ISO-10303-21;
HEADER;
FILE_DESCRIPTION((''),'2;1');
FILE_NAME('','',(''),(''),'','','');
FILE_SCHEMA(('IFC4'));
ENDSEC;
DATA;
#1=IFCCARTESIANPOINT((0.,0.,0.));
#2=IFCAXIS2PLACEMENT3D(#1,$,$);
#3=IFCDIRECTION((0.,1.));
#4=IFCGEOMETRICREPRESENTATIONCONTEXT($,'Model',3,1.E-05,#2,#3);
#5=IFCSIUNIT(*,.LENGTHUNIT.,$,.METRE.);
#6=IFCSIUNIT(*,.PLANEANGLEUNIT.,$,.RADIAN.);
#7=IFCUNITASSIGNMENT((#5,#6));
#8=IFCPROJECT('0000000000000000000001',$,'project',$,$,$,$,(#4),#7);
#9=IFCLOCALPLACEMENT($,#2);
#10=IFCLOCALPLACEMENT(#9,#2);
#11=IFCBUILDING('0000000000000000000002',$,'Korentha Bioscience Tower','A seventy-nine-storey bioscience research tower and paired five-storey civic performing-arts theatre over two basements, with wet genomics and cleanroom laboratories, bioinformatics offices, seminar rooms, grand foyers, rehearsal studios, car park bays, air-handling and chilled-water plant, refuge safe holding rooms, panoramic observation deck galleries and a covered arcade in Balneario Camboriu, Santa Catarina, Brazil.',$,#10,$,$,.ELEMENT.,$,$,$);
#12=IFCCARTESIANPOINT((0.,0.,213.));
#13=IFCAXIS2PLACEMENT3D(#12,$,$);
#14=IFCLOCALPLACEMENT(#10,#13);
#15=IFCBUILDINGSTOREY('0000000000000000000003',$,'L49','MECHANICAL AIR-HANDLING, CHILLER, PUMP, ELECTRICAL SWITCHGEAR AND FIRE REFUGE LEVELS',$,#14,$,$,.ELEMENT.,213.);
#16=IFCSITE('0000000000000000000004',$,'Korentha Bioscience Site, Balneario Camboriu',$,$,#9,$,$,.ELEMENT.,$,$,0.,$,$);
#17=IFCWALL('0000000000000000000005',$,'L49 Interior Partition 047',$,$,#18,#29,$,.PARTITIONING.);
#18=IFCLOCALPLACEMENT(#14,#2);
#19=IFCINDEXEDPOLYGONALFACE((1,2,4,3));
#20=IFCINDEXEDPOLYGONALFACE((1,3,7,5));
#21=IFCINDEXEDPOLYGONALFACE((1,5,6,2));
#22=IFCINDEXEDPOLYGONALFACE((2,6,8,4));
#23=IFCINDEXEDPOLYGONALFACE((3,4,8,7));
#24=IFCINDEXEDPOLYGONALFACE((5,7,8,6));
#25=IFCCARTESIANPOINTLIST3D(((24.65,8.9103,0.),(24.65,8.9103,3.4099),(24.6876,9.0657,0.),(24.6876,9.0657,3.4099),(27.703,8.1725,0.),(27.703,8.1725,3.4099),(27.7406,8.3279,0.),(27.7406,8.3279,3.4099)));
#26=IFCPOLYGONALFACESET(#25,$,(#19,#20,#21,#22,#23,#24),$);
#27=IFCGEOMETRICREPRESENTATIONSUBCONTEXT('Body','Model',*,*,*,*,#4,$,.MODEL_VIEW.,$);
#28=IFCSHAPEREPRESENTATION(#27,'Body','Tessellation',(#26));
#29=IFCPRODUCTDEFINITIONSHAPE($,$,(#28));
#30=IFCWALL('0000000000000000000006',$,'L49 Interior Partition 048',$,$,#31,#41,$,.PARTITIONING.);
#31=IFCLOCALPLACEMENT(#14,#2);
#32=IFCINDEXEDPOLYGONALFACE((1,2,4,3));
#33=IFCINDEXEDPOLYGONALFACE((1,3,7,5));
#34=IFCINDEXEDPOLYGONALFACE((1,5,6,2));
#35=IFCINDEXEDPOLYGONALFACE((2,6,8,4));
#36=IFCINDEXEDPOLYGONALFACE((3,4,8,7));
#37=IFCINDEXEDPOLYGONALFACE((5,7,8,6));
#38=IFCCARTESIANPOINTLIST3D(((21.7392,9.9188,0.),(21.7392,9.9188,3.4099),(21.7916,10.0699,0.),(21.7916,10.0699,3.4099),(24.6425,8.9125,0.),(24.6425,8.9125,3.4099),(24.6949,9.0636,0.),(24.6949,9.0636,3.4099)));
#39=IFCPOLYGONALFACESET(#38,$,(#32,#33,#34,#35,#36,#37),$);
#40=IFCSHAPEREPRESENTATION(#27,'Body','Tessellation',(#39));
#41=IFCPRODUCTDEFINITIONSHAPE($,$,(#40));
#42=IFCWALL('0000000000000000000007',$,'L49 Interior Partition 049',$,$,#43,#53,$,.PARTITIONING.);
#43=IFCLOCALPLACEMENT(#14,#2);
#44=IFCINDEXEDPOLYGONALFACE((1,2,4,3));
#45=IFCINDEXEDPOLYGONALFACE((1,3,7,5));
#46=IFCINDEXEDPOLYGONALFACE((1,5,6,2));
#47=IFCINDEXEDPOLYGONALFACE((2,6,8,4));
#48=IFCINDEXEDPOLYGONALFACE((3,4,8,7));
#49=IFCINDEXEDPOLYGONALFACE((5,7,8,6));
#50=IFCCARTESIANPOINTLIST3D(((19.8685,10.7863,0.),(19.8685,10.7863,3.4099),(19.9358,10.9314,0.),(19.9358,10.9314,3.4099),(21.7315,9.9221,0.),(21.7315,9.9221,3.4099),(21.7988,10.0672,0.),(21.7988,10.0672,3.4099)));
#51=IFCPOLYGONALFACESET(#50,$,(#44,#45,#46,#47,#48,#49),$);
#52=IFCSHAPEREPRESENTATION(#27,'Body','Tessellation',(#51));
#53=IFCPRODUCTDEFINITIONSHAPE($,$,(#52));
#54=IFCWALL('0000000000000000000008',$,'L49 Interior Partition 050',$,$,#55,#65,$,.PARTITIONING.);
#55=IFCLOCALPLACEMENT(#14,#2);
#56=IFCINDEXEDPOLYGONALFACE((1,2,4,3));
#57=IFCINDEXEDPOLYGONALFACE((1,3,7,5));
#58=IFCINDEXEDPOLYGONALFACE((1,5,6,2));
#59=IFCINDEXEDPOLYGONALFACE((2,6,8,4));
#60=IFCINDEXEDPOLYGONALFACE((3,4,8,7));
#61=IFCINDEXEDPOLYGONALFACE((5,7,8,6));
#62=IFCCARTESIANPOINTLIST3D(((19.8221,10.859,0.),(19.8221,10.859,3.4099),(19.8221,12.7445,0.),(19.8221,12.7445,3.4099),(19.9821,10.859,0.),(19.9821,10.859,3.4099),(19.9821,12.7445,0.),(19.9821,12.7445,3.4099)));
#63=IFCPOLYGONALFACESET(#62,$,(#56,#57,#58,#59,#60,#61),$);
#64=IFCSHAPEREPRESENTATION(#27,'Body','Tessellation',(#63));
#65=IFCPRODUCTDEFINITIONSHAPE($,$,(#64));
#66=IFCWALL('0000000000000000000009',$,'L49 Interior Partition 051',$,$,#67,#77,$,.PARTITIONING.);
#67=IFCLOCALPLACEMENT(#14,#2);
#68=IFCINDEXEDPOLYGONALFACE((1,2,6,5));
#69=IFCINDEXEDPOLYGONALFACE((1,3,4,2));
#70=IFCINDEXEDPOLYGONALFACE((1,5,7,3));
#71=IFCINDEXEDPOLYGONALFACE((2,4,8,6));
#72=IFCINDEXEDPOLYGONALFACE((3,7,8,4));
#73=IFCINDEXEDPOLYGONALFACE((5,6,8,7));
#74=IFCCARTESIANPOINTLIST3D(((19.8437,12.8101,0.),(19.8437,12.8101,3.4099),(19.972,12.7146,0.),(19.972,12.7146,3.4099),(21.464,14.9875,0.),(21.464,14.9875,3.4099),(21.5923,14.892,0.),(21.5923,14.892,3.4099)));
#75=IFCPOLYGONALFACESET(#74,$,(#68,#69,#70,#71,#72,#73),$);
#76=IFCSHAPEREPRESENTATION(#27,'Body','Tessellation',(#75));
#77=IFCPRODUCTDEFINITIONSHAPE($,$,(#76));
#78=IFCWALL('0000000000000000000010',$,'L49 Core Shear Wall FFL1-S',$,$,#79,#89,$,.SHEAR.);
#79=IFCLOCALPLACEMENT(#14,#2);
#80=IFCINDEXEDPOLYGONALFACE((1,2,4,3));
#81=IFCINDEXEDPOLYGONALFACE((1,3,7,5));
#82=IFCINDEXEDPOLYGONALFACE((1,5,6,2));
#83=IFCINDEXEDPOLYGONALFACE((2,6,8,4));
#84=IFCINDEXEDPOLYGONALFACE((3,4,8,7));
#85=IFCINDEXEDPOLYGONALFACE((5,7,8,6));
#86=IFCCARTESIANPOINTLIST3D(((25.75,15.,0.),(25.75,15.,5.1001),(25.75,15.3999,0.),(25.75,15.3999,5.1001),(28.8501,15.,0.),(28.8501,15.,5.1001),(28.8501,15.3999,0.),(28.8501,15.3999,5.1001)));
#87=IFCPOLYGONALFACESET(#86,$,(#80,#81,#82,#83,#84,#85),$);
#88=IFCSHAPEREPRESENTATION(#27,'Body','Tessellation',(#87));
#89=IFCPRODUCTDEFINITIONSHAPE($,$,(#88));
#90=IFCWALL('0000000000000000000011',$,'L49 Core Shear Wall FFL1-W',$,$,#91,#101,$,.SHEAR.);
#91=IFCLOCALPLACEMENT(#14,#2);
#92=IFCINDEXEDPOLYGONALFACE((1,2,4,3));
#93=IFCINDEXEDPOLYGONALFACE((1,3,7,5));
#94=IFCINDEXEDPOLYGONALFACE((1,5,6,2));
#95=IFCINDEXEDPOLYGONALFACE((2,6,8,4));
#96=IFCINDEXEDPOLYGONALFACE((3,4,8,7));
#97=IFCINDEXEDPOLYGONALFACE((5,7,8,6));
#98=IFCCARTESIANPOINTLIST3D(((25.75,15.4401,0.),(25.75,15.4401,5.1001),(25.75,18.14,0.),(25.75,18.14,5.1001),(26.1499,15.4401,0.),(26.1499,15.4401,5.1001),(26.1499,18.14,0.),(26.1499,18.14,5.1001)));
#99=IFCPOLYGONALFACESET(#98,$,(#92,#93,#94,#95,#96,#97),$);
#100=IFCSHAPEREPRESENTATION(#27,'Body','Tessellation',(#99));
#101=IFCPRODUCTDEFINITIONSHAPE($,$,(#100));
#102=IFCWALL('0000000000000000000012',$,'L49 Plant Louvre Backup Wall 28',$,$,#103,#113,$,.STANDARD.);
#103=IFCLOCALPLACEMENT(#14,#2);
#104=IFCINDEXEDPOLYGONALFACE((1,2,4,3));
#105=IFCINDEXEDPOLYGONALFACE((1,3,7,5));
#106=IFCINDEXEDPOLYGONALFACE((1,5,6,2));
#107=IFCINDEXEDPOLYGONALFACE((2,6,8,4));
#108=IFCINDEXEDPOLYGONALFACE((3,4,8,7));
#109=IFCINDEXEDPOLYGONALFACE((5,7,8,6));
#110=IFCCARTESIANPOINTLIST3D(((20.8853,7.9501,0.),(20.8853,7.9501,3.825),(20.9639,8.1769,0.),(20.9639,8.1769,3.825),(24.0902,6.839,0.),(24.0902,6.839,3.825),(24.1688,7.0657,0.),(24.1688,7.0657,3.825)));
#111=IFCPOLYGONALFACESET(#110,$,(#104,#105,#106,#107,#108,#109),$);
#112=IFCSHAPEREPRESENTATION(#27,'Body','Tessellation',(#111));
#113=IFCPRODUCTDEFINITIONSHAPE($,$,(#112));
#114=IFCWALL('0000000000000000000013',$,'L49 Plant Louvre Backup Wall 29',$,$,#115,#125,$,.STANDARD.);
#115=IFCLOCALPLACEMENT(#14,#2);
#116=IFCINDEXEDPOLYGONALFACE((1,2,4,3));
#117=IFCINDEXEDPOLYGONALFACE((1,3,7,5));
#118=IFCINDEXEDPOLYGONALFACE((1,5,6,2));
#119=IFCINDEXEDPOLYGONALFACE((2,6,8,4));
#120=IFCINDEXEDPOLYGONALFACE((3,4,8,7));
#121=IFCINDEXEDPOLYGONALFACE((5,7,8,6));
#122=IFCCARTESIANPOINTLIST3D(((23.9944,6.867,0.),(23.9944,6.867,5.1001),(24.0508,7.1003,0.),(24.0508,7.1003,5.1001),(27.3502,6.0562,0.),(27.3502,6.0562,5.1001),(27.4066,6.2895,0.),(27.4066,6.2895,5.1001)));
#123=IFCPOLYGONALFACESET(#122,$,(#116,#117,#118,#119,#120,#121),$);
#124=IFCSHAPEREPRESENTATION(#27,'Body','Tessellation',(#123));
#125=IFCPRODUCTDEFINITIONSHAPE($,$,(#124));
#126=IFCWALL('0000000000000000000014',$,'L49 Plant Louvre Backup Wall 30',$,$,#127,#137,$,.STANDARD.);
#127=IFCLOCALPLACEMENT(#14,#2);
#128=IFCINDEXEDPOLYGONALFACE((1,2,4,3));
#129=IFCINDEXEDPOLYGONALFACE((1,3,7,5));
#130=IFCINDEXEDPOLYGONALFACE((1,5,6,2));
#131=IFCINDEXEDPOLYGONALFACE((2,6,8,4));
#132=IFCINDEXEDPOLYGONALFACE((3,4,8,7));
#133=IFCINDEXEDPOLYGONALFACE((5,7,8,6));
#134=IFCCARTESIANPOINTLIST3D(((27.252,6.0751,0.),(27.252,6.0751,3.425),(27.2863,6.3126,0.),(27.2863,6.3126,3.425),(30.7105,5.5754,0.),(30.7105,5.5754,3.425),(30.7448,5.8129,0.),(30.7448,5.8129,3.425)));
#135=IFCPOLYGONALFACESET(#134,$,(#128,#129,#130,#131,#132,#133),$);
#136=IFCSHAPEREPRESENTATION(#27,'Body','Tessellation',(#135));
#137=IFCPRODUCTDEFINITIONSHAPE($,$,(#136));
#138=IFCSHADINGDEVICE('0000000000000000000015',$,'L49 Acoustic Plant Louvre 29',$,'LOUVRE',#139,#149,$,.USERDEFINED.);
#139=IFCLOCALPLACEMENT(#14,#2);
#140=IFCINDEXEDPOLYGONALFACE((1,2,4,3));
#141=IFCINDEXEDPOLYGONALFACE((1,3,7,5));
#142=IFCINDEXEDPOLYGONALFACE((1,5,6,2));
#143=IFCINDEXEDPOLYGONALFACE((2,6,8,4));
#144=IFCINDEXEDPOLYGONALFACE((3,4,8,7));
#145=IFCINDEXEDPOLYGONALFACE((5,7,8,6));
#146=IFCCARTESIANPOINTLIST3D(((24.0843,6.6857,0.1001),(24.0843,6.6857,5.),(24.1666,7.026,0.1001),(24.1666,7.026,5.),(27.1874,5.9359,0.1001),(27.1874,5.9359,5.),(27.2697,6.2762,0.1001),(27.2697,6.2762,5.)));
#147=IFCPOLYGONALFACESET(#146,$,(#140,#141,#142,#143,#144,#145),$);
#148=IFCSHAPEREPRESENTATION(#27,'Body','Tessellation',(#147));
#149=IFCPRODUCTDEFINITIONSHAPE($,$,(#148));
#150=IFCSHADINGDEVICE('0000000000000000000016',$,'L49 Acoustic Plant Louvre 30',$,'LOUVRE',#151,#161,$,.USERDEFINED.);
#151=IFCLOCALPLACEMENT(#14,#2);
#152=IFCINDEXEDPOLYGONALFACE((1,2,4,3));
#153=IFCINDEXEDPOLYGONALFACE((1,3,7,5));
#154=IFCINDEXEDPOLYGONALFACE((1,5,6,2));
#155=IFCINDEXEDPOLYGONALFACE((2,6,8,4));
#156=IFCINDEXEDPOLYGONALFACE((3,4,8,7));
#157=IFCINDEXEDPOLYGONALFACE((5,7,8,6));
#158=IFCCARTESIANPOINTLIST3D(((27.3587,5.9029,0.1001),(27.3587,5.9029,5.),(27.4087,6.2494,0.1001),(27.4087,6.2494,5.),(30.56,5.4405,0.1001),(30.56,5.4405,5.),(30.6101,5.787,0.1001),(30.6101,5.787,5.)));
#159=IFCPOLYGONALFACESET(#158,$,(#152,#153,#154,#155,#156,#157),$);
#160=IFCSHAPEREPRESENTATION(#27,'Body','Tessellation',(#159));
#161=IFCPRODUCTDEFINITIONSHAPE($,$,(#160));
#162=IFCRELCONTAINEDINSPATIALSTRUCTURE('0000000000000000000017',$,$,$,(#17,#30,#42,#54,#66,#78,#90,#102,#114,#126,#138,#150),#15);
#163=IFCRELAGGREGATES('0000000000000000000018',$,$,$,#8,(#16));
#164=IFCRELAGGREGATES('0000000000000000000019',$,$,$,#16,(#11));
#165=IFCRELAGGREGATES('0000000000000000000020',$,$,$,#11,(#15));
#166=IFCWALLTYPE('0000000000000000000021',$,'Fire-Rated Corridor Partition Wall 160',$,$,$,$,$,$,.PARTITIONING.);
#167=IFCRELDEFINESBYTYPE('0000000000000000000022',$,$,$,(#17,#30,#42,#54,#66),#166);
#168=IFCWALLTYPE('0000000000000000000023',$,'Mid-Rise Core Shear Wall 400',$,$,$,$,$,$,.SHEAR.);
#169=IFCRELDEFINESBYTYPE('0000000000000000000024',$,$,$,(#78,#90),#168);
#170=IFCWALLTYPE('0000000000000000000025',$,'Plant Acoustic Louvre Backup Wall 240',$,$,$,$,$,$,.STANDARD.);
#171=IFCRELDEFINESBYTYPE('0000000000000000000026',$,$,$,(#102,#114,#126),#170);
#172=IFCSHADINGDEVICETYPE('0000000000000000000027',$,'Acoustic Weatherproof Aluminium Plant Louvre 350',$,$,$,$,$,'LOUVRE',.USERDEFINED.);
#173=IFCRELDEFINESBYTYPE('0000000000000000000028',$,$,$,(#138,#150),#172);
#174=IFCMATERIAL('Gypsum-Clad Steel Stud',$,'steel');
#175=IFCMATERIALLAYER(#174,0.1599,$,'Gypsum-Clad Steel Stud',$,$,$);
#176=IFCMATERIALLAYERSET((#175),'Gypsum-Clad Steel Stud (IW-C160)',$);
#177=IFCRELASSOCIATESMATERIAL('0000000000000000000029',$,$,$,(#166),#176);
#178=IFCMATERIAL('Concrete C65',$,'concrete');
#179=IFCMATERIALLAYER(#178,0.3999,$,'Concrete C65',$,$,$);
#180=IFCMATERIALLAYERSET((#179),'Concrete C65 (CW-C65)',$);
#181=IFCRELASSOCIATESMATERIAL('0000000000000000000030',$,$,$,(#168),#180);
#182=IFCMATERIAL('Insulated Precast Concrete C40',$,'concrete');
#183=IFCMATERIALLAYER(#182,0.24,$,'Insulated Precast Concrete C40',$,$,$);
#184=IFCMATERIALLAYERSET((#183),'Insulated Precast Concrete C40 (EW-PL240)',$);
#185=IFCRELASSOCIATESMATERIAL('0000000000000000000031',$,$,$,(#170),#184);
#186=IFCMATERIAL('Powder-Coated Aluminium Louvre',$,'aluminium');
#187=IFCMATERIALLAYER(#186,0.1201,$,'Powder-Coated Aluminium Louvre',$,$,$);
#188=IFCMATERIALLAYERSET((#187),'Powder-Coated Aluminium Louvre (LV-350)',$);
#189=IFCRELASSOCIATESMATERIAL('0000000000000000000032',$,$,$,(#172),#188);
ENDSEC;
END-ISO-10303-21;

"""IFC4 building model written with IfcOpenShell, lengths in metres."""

from ifc_helpers import new_model, si_unit, direction, frame, frame_2d, origin, origin_2d, place, context, subcontext, project, spatial, rectangle, extrude, material, layer, layer_set, type_object, element, save


model = new_model("IFC4")

# Units and contexts
model_context = context("Model", 3, precision=1e-05, world=origin(), true_north=direction((0.0, 1.0)))
body_context = subcontext(model_context, "Body", "Model", "MODEL_VIEW")
ifc_project = project(units=[si_unit("LENGTHUNIT", "METRE"), si_unit("PLANEANGLEUNIT", "RADIAN")], contexts=[model_context])

# Site, building, storey
site_placement = place(None, origin())
site = spatial("IfcSite", under=ifc_project, at=site_placement, Name="Korentha Bioscience Site, Balneario Camboriu", CompositionType="ELEMENT", RefElevation=0.0)
building_placement = place(site_placement, origin())
building = spatial("IfcBuilding", under=site, at=building_placement, Name="Korentha Bioscience Tower", Description="A seventy-nine-storey bioscience research tower and paired five-storey civic performing-arts theatre over two basements, with wet genomics and cleanroom laboratories, bioinformatics offices, seminar rooms, grand foyers, rehearsal studios, car park bays, air-handling and chilled-water plant, refuge safe holding rooms, panoramic observation deck galleries and a covered arcade in Balneario Camboriu, Santa Catarina, Brazil.", CompositionType="ELEMENT")
storey_placement = place(building_placement, frame((0.0, 0.0, 213.0)))
storey = spatial("IfcBuildingStorey", under=building, at=storey_placement, Name="L49", Description="MECHANICAL AIR-HANDLING, CHILLER, PUMP, ELECTRICAL SWITCHGEAR AND FIRE REFUGE LEVELS", CompositionType="ELEMENT", Elevation=213.0)

# Shared definitions
ifc_material_1 = material(Name="Concrete C65", Category="concrete")

# Shared definitions
ifc_material_2 = material(Name="Gypsum-Clad Steel Stud", Category="steel")
ifc_layer_1 = layer(ifc_material_2, 0.1599, Name="Gypsum-Clad Steel Stud")
ifc_layer_set_1 = layer_set([ifc_layer_1], Name="Gypsum-Clad Steel Stud (IW-C160)")
wall_type_1 = type_object("IfcWallType", Name="Fire-Rated Corridor Partition Wall 160", PredefinedType="PARTITIONING", material=ifc_layer_set_1)

# Walls
wall_1_placement = place(storey_placement, frame((27.7217, 8.2502, 0.0), z_axis=(0.0, 0.0, 1.0), x_axis=(-0.972019, 0.234901, 0.0)))
element("IfcWall", 1, at=wall_1_placement, inside=storey, type_object=wall_type_1, Name="L49 Interior Partition 047", PredefinedType="PARTITIONING", context=body_context, shape_type="SweptSolid", body=[
    extrude(rectangle(XDim=3.1409, YDim=0.1599, at=frame_2d((1.5703, 0.0))), origin(), (0.0, 0.0, 1.0), 3.4099),
])
wall_2_placement = place(storey_placement, frame((24.6687, 8.988, 0.0), z_axis=(0.0, 0.0, 1.0), x_axis=(-0.94485, 0.327503, 0.0)))
element("IfcWall", 2, at=wall_2_placement, inside=storey, type_object=wall_type_1, Name="L49 Interior Partition 048", PredefinedType="PARTITIONING", context=body_context, shape_type="SweptSolid", body=[
    extrude(rectangle(XDim=3.0728, YDim=0.1599, at=frame_2d((1.5364, 0.0))), origin(), (0.0, 0.0, 1.0), 3.4099),
])
wall_3_placement = place(storey_placement, frame((21.7651, 9.9946, 0.0), z_axis=(0.0, 0.0, 1.0), x_axis=(-0.907144, 0.420821, 0.0)))
element("IfcWall", 3, at=wall_3_placement, inside=storey, type_object=wall_type_1, Name="L49 Interior Partition 049", PredefinedType="PARTITIONING", context=body_context, shape_type="SweptSolid", body=[
    extrude(rectangle(XDim=2.0537, YDim=0.1599, at=frame_2d((1.0269, 0.0))), origin(), (0.0, 0.0, 1.0), 3.4099),
])
wall_4_placement = place(storey_placement, frame((19.9021, 10.8589, 0.0), z_axis=(0.0, 0.0, 1.0), x_axis=(0.0, 1.0, 0.0)))
element("IfcWall", 4, at=wall_4_placement, inside=storey, type_object=wall_type_1, Name="L49 Interior Partition 050", PredefinedType="PARTITIONING", context=body_context, shape_type="SweptSolid", body=[
    extrude(rectangle(XDim=1.8855, YDim=0.1599, at=frame_2d((0.9429, 0.0))), origin(), (0.0, 0.0, 1.0), 3.4099),
])
wall_5_placement = place(storey_placement, frame((19.908, 12.7625, 0.0), z_axis=(0.0, 0.0, 1.0), x_axis=(0.596988, 0.80225, 0.0)))
element("IfcWall", 5, at=wall_5_placement, inside=storey, type_object=wall_type_1, Name="L49 Interior Partition 051", PredefinedType="PARTITIONING", context=body_context, shape_type="SweptSolid", body=[
    extrude(rectangle(XDim=2.7141, YDim=0.1599, at=frame_2d((1.3569, 0.0))), origin(), (0.0, 0.0, 1.0), 3.4099),
])
ifc_layer_2 = layer(ifc_material_1, 0.3999, Name="Concrete C65")
ifc_layer_set_2 = layer_set([ifc_layer_2], Name="Concrete C65 (CW-C65)")
wall_type_2 = type_object("IfcWallType", Name="Mid-Rise Core Shear Wall 400", PredefinedType="SHEAR", material=ifc_layer_set_2)
wall_6_placement = place(storey_placement, frame((25.75, 15.2, 0.0), z_axis=(0.0, 0.0, 1.0), x_axis=(1.0, 0.0, 0.0)))
element("IfcWall", 6, at=wall_6_placement, inside=storey, type_object=wall_type_2, Name="L49 Core Shear Wall FFL1-S", PredefinedType="SHEAR", context=body_context, shape_type="SweptSolid", body=[
    extrude(rectangle(XDim=3.1001, YDim=0.3999, at=frame_2d((1.55, 0.0))), origin(), (0.0, 0.0, 1.0), 5.1001),
])
wall_7_placement = place(storey_placement, frame((25.95, 15.4399, 0.0), z_axis=(0.0, 0.0, 1.0), x_axis=(0.0, 1.0, 0.0)))
element("IfcWall", 7, at=wall_7_placement, inside=storey, type_object=wall_type_2, Name="L49 Core Shear Wall FFL1-W", PredefinedType="SHEAR", context=body_context, shape_type="SweptSolid", body=[
    extrude(rectangle(XDim=2.7, YDim=0.3999, at=frame_2d((1.3501, 0.0))), origin(), (0.0, 0.0, 1.0), 5.1001),
])
ifc_material_3 = material(Name="Insulated Precast Concrete C40", Category="concrete")
ifc_layer_3 = layer(ifc_material_3, 0.24, Name="Insulated Precast Concrete C40")
ifc_layer_set_3 = layer_set([ifc_layer_3], Name="Insulated Precast Concrete C40 (EW-PL240)")
wall_type_3 = type_object("IfcWallType", Name="Plant Acoustic Louvre Backup Wall 240", PredefinedType="STANDARD", material=ifc_layer_set_3)
wall_8_placement = place(storey_placement, frame((20.9246, 8.0635, 0.0), z_axis=(0.0, 0.0, 1.0), x_axis=(0.944829, -0.327563, 0.0)))
element("IfcWall", 8, at=wall_8_placement, inside=storey, type_object=wall_type_3, Name="L49 Plant Louvre Backup Wall 28", PredefinedType="STANDARD", context=body_context, shape_type="SweptSolid", body=[
    extrude(rectangle(XDim=3.3921, YDim=0.24, at=frame_2d((1.696, 0.0))), origin(), (0.0, 0.0, 1.0), 3.825),
])
wall_9_placement = place(storey_placement, frame((24.0227, 6.9836, 0.0), z_axis=(0.0, 0.0, 1.0), x_axis=(0.97203, -0.234857, 0.0)))
element("IfcWall", 9, at=wall_9_placement, inside=storey, type_object=wall_type_3, Name="L49 Plant Louvre Backup Wall 29", PredefinedType="STANDARD", context=body_context, shape_type="SweptSolid", body=[
    extrude(rectangle(XDim=3.4524, YDim=0.24, at=frame_2d((1.7261, 0.0))), origin(), (0.0, 0.0, 1.0), 5.1001),
])
wall_10_placement = place(storey_placement, frame((27.2693, 6.1938, 0.0), z_axis=(0.0, 0.0, 1.0), x_axis=(0.98972, -0.143016, 0.0)))
element("IfcWall", 10, at=wall_10_placement, inside=storey, type_object=wall_type_3, Name="L49 Plant Louvre Backup Wall 30", PredefinedType="STANDARD", context=body_context, shape_type="SweptSolid", body=[
    extrude(rectangle(XDim=3.4944, YDim=0.24, at=frame_2d((1.7471, 0.0))), origin(), (0.0, 0.0, 1.0), 3.425),
])

# Shading devices
ifc_material_4 = material(Name="Powder-Coated Aluminium Louvre", Category="aluminium")
ifc_layer_4 = layer(ifc_material_4, 0.1201, Name="Powder-Coated Aluminium Louvre")
ifc_layer_set_4 = layer_set([ifc_layer_4], Name="Powder-Coated Aluminium Louvre (LV-350)")
shading_device_type = type_object("IfcShadingDeviceType", Name="Acoustic Weatherproof Aluminium Plant Louvre 350", ElementType="LOUVRE", PredefinedType="USERDEFINED", material=ifc_layer_set_4)
shading_device_1_placement = place(storey_placement, frame((25.677, 6.481, 0.1001), z_axis=(0.0, 0.0, 1.0), x_axis=(0.972025, -0.234878, 0.0)))
element("IfcShadingDevice", 11, at=shading_device_1_placement, inside=storey, type_object=shading_device_type, Name="L49 Acoustic Plant Louvre 29", ObjectType="LOUVRE", PredefinedType="USERDEFINED", context=body_context, shape_type="SweptSolid", body=[
    extrude(rectangle(XDim=3.1924, YDim=0.3501, at=origin_2d()), origin(), (0.0, 0.0, 1.0), 4.8999),
])
shading_device_2_placement = place(storey_placement, frame((28.9844, 5.845, 0.1001), z_axis=(0.0, 0.0, 1.0), x_axis=(0.989727, -0.142968, 0.0)))
element("IfcShadingDevice", 12, at=shading_device_2_placement, inside=storey, type_object=shading_device_type, Name="L49 Acoustic Plant Louvre 30", ObjectType="LOUVRE", PredefinedType="USERDEFINED", context=body_context, shape_type="SweptSolid", body=[
    extrude(rectangle(XDim=3.2346, YDim=0.3501, at=origin_2d()), origin(), (0.0, 0.0, 1.0), 4.8999),
])

save(model, "model.ifc")
